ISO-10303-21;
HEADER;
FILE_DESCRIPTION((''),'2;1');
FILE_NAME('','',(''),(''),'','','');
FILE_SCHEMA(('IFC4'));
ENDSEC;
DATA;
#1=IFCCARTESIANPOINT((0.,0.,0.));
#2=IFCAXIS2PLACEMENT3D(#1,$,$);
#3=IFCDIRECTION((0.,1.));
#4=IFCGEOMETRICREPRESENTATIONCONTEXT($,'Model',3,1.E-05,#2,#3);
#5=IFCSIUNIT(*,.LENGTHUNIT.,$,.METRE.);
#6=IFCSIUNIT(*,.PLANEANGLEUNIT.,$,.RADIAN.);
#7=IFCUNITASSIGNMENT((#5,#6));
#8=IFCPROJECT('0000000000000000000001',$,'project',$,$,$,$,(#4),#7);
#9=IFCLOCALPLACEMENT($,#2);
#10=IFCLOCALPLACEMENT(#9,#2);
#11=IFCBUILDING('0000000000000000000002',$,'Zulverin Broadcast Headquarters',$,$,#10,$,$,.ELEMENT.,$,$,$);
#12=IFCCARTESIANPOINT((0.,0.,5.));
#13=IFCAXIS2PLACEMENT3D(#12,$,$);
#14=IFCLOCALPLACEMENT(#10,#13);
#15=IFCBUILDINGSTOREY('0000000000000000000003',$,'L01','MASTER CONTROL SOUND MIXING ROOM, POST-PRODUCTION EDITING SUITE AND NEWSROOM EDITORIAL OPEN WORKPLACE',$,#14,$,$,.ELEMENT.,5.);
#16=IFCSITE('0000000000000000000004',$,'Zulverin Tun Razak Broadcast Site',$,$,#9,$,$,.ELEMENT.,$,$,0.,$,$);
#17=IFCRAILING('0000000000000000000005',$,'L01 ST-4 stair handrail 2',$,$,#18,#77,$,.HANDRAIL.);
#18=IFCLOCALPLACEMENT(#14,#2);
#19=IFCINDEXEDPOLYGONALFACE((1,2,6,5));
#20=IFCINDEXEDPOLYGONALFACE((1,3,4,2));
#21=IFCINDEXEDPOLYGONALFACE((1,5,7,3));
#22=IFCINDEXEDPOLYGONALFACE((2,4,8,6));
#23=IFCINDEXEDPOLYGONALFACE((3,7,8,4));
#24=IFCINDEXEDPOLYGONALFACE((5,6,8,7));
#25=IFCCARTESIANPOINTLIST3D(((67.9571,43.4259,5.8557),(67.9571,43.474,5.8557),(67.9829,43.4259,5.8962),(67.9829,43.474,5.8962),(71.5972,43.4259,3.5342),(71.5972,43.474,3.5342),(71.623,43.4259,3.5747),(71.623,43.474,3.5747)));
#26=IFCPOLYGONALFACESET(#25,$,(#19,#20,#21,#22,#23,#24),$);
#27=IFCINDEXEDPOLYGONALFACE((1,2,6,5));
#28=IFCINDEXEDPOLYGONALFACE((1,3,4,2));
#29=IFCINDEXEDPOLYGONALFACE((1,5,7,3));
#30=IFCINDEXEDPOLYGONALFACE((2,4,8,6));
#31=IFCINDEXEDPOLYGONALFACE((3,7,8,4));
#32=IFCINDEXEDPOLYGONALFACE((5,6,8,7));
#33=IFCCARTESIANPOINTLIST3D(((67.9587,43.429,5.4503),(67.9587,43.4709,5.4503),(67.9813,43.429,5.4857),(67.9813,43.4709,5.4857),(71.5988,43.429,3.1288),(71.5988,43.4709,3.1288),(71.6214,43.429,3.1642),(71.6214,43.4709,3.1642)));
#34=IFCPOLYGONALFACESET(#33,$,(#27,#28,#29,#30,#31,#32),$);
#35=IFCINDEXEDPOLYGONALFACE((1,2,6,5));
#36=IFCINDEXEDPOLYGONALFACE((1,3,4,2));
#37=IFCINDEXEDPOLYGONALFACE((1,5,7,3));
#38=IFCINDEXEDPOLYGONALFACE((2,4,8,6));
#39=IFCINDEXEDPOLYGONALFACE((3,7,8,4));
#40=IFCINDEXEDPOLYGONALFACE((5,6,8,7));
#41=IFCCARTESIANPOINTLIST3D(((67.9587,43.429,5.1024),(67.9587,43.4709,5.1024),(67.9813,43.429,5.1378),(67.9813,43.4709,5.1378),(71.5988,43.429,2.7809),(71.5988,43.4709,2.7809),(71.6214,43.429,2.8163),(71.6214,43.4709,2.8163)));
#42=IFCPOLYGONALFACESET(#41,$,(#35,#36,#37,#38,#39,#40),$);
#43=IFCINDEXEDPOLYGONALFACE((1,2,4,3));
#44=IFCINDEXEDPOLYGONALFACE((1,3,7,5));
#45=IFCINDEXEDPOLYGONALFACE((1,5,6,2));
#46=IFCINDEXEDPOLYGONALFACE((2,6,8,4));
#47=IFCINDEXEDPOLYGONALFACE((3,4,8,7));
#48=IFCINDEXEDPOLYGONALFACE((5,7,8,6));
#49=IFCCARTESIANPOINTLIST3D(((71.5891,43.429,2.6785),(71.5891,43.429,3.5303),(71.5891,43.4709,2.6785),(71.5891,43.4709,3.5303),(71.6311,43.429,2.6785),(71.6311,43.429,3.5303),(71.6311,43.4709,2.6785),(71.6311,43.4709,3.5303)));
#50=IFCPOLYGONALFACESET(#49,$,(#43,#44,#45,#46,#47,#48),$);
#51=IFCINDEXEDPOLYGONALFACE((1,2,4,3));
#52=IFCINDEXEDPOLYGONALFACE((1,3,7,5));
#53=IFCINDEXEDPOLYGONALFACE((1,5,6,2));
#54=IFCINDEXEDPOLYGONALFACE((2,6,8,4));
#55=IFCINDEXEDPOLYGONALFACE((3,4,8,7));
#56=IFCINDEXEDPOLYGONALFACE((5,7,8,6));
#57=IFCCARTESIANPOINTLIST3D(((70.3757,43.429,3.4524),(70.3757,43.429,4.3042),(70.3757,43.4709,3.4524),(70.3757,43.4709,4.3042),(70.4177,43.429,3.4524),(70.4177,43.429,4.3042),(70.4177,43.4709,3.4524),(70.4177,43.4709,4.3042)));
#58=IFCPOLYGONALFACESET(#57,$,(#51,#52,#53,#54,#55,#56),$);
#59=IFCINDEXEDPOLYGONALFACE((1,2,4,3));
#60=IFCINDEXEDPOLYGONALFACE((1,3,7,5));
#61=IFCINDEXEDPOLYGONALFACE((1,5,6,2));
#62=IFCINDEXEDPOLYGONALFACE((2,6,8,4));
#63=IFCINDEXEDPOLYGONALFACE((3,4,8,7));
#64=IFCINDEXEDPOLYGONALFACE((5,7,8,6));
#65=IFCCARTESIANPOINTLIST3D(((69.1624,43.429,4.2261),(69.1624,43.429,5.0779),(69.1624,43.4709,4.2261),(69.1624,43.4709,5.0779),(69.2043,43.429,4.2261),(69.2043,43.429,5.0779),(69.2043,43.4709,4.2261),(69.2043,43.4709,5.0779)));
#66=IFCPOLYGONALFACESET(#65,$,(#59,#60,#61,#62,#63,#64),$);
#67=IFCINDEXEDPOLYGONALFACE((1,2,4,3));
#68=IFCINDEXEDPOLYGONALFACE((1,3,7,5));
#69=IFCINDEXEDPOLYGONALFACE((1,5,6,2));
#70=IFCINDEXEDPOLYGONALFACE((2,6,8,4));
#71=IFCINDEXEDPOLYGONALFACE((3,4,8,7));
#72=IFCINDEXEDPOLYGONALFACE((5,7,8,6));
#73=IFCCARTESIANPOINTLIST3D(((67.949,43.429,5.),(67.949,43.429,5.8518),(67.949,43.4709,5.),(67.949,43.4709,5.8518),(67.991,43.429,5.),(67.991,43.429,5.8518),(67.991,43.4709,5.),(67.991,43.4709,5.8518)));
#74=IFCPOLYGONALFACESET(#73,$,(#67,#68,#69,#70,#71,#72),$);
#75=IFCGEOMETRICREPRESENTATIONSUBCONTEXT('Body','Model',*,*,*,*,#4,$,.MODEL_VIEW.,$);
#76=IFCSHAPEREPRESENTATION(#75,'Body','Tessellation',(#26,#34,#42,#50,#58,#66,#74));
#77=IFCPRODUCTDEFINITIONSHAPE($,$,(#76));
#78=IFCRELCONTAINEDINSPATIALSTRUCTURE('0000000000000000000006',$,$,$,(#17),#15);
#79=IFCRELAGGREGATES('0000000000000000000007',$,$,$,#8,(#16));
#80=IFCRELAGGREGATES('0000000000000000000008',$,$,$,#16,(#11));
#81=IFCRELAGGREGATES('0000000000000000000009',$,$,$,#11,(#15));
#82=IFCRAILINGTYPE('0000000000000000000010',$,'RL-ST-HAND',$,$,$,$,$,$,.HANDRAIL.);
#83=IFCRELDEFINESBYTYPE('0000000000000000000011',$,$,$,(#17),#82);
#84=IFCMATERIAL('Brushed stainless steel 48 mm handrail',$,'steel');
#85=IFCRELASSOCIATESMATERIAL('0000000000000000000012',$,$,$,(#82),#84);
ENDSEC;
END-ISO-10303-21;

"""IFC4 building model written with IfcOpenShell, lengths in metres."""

from ifc_helpers import new_model, si_unit, direction, frame, origin, origin_2d, place, context, subcontext, project, spatial, rectangle, extrude, material, type_object, element, save


model = new_model("IFC4")

# Units and contexts
model_context = context("Model", 3, precision=1e-05, world=origin(), true_north=direction((0.0, 1.0)))
body_context = subcontext(model_context, "Body", "Model", "MODEL_VIEW")
ifc_project = project(units=[si_unit("LENGTHUNIT", "METRE"), si_unit("PLANEANGLEUNIT", "RADIAN")], contexts=[model_context])

# Site, building, storey
site_placement = place(None, origin())
site = spatial("IfcSite", under=ifc_project, at=site_placement, Name="Zulverin Tun Razak Broadcast Site", CompositionType="ELEMENT", RefElevation=0.0)
building_placement = place(site_placement, origin())
building = spatial("IfcBuilding", under=site, at=building_placement, Name="Zulverin Broadcast Headquarters", CompositionType="ELEMENT")
storey_placement = place(building_placement, frame((0.0, 0.0, 5.0)))
storey = spatial("IfcBuildingStorey", under=building, at=storey_placement, Name="L01", Description="MASTER CONTROL SOUND MIXING ROOM, POST-PRODUCTION EDITING SUITE AND NEWSROOM EDITORIAL OPEN WORKPLACE", CompositionType="ELEMENT", Elevation=5.0)

# Railing
ifc_material_1 = material(Name="Brushed stainless steel 48 mm handrail", Category="steel")
railing_type_1 = type_object("IfcRailingType", Name="RL-ST-HAND", PredefinedType="HANDRAIL", material=ifc_material_1)
railing_1_placement = place(storey_placement, frame((71.6101, 43.45, 2.6785)))
element("IfcRailing", 1, at=railing_1_placement, inside=storey, type_object=railing_type_1, Name="L01 ST-4 stair handrail 2", PredefinedType="HANDRAIL", context=body_context, shape_type="SweptSolid", body=[
    extrude(rectangle(XDim=0.0481, YDim=0.0481, at=origin_2d()), frame((0.0, 0.0, 0.876), z_axis=(-0.843128, 0.0, 0.537713), x_axis=(0.0, -1.0, 0.0)), (0.0, 0.0, 1.0), 4.3174),
    extrude(rectangle(XDim=0.042, YDim=0.042, at=origin_2d()), frame((0.0, 0.0, 0.468), z_axis=(-0.843128, 0.0, 0.537713), x_axis=(0.0, -1.0, 0.0)), (0.0, 0.0, 1.0), 4.3174),
    extrude(rectangle(XDim=0.042, YDim=0.042, at=origin_2d()), frame((0.0, 0.0, 0.1201), z_axis=(-0.843128, 0.0, 0.537713), x_axis=(0.0, -1.0, 0.0)), (0.0, 0.0, 1.0), 4.3174),
    extrude(rectangle(XDim=0.042, YDim=0.042, at=origin_2d()), origin(), (0.0, 0.0, 1.0), 0.8518),
    extrude(rectangle(XDim=0.042, YDim=0.042, at=origin_2d()), frame((-1.2134, 0.0, 0.7739)), (0.0, 0.0, 1.0), 0.8518),
    extrude(rectangle(XDim=0.042, YDim=0.042, at=origin_2d()), frame((-2.4268, 0.0, 1.5476)), (0.0, 0.0, 1.0), 0.8518),
    extrude(rectangle(XDim=0.042, YDim=0.042, at=origin_2d()), frame((-3.6401, 0.0, 2.3215)), (0.0, 0.0, 1.0), 0.8518),
])

save(model, "model.ifc")
